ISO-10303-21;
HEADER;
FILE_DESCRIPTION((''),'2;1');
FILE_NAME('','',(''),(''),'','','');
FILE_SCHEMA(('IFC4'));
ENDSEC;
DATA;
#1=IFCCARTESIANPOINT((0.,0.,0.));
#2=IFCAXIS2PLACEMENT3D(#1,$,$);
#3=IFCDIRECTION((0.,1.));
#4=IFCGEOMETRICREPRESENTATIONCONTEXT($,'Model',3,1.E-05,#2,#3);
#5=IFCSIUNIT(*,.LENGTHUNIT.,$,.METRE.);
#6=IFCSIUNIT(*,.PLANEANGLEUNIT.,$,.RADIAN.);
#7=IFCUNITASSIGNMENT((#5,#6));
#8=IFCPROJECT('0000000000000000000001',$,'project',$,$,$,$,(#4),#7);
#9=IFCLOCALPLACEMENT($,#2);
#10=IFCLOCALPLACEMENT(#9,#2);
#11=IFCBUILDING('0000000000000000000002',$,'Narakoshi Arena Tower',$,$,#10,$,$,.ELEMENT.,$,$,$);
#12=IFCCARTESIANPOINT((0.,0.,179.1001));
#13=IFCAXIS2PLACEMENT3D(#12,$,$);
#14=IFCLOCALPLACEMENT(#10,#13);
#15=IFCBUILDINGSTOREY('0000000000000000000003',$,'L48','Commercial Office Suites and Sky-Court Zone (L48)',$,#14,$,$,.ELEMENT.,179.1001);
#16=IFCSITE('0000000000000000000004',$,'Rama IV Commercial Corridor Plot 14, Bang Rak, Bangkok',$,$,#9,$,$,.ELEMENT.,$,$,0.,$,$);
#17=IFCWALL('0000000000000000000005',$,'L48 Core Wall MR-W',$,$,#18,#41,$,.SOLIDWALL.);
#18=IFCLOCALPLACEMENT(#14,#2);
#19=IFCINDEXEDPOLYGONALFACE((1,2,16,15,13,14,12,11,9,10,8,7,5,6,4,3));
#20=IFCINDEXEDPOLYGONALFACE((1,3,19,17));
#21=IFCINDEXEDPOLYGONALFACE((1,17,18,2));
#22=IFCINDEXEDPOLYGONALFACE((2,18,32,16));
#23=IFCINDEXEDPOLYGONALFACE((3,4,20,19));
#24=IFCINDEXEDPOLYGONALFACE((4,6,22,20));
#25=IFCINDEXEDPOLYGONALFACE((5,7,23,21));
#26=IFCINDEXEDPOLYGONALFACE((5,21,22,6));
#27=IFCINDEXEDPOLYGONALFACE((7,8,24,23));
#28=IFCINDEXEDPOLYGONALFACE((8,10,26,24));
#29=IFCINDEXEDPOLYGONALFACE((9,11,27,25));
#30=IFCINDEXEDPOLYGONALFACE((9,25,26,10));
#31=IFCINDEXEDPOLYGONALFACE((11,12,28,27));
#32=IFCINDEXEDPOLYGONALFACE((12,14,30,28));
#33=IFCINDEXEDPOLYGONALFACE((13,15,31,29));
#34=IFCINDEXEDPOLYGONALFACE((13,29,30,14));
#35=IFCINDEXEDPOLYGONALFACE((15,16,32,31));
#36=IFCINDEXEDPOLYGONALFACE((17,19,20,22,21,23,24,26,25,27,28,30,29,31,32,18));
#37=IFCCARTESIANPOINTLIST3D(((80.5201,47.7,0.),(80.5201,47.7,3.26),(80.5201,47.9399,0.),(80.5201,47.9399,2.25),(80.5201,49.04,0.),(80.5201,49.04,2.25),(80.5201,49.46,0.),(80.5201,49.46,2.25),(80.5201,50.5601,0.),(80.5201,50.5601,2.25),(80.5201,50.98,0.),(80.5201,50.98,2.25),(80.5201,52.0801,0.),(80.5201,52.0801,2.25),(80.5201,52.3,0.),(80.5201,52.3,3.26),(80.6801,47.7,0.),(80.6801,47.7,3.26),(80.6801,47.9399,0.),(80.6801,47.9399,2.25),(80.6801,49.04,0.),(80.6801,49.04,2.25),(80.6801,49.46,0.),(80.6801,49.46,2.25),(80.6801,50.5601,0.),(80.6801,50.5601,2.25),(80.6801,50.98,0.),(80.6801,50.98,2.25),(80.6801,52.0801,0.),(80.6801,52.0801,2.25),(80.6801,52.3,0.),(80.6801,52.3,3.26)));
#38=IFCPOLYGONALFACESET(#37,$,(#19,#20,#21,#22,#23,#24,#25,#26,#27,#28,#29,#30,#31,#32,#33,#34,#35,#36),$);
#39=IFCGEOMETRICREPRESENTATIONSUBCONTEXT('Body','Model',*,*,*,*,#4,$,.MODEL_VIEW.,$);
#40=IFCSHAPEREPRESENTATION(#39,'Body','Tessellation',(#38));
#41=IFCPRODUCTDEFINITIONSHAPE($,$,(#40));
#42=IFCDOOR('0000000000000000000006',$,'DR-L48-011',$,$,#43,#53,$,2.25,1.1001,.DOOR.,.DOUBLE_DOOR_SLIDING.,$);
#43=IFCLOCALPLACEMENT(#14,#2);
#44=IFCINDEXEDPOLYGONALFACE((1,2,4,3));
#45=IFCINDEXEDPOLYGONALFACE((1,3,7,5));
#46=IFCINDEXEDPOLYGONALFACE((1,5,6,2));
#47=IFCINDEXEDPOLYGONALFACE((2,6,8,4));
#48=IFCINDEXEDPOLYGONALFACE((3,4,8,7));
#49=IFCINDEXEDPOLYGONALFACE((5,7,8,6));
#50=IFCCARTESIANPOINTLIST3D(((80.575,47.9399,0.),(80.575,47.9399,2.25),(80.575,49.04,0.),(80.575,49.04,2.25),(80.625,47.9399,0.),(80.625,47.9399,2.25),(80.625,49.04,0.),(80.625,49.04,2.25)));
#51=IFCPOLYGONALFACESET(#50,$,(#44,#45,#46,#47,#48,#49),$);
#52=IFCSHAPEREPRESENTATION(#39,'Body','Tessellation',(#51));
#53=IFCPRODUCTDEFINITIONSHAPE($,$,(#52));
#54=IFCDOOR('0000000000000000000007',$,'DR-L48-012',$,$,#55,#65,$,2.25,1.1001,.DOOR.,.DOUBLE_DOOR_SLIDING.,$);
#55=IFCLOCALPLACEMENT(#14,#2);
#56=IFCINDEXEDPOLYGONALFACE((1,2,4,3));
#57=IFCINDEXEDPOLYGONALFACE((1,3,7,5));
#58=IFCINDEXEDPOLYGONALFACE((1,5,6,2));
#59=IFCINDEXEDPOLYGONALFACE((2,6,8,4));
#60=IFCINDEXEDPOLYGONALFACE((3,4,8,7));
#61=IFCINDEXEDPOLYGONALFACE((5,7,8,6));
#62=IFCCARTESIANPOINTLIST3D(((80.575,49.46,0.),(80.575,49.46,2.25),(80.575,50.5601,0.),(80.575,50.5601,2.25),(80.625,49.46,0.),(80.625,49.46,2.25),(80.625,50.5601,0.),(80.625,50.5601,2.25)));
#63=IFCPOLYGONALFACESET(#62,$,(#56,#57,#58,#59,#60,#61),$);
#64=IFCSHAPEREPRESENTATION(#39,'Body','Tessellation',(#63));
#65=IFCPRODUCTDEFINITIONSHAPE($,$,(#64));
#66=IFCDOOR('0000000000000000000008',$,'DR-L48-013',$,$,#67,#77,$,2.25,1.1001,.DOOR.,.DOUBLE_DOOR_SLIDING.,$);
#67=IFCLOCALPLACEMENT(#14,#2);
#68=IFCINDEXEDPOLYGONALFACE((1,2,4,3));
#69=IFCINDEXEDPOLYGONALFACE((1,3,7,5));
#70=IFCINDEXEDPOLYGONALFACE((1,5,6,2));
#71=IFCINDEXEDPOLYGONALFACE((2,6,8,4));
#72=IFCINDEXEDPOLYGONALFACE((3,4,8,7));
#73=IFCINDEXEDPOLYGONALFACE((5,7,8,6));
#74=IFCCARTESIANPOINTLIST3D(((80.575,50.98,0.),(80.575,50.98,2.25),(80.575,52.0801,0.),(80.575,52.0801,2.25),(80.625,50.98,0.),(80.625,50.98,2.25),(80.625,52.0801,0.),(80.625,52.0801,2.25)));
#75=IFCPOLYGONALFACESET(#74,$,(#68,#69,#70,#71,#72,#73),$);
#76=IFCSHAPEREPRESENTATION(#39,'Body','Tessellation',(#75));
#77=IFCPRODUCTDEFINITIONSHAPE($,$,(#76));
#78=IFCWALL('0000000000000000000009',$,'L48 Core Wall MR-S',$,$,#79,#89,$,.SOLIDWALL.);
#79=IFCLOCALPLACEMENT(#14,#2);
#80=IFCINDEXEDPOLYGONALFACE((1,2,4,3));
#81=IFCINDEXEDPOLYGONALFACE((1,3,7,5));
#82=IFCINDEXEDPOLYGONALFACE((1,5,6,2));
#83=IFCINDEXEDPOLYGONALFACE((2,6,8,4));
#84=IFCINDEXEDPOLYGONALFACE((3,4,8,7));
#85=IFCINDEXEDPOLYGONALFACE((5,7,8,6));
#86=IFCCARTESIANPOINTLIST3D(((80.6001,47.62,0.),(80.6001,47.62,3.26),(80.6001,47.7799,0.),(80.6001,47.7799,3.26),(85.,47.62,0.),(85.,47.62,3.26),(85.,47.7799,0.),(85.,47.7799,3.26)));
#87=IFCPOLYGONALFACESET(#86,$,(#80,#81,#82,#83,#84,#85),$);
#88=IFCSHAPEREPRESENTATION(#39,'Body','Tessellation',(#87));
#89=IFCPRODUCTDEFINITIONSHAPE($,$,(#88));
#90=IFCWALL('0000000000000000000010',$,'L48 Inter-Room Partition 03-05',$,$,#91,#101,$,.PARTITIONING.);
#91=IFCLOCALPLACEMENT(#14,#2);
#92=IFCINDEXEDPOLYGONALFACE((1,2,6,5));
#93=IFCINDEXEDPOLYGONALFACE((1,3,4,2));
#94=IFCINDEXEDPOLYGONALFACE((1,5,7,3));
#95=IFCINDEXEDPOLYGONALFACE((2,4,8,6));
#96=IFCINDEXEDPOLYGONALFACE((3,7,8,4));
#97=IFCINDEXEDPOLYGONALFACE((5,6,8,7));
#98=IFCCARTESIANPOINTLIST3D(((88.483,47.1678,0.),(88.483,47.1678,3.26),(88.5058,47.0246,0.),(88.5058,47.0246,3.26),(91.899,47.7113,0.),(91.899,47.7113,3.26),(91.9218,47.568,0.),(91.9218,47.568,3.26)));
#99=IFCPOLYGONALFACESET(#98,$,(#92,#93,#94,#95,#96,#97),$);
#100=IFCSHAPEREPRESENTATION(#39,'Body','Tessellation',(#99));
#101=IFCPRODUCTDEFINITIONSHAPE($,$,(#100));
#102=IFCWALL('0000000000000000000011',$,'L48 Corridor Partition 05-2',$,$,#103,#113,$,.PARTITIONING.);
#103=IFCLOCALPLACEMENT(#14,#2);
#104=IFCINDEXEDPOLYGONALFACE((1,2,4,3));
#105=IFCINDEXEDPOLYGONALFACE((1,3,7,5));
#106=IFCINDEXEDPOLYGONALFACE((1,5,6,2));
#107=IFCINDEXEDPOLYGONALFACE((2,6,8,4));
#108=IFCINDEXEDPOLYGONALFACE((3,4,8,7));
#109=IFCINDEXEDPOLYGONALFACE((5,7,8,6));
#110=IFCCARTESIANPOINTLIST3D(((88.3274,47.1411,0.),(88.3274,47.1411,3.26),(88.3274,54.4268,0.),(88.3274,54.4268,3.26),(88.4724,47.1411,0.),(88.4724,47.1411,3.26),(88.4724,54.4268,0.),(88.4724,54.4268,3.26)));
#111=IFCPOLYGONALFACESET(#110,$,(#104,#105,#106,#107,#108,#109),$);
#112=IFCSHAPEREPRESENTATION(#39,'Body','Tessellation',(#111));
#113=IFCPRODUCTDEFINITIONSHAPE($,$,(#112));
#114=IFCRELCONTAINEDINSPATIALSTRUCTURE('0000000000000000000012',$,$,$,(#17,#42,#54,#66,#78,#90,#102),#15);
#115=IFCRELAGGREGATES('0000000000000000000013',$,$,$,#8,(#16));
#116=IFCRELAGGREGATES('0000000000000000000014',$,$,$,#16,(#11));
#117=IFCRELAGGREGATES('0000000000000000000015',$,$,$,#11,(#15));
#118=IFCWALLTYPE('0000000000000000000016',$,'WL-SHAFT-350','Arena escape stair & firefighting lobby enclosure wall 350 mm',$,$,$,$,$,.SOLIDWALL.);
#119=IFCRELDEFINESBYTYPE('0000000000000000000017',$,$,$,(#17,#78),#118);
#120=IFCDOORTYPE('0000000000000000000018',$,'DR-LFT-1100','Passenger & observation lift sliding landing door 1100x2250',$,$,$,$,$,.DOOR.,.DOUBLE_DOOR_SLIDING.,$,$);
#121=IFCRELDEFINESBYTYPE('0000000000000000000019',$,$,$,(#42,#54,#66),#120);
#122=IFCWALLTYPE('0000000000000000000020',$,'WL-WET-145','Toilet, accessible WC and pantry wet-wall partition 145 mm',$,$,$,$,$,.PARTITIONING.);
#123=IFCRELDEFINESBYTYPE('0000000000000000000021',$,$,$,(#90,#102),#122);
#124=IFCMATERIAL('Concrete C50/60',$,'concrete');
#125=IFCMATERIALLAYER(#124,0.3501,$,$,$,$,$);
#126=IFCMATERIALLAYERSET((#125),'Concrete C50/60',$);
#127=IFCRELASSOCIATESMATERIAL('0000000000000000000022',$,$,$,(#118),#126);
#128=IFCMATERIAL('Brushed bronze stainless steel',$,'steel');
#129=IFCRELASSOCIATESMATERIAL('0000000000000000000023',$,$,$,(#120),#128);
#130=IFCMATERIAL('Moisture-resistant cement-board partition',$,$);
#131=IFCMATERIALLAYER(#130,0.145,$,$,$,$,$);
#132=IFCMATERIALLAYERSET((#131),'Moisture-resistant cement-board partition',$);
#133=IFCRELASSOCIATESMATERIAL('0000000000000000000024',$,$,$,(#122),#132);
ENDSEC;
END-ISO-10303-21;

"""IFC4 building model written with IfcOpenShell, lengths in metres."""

from ifc_helpers import new_model, si_unit, direction, frame, frame_2d, origin, place, context, subcontext, project, spatial, rectangle, extrude, material, layer, layer_set, type_object, element, fill, save


model = new_model("IFC4")

# Units and contexts
model_context = context("Model", 3, precision=1e-05, world=origin(), true_north=direction((0.0, 1.0)))
body_context = subcontext(model_context, "Body", "Model", "MODEL_VIEW")
ifc_project = project(units=[si_unit("LENGTHUNIT", "METRE"), si_unit("PLANEANGLEUNIT", "RADIAN")], contexts=[model_context])

# Site, building, storey
site_placement = place(None, origin())
site = spatial("IfcSite", under=ifc_project, at=site_placement, Name="Rama IV Commercial Corridor Plot 14, Bang Rak, Bangkok", CompositionType="ELEMENT", RefElevation=0.0)
building_placement = place(site_placement, origin())
building = spatial("IfcBuilding", under=site, at=building_placement, Name="Narakoshi Arena Tower", CompositionType="ELEMENT")
storey_placement = place(building_placement, frame((0.0, 0.0, 179.1001)))
storey = spatial("IfcBuildingStorey", under=building, at=storey_placement, Name="L48", Description="Commercial Office Suites and Sky-Court Zone (L48)", CompositionType="ELEMENT", Elevation=179.1001)

# Shared definitions
ifc_material_1 = material(Name="Concrete C50/60", Category="concrete")

# Shared definitions
ifc_layer_1 = layer(ifc_material_1, 0.3501)
ifc_layer_set_1 = layer_set([ifc_layer_1], Name="Concrete C50/60")
wall_type_1 = type_object("IfcWallType", Name="WL-SHAFT-350", Description="Arena escape stair & firefighting lobby enclosure wall 350 mm", PredefinedType="SOLIDWALL", material=ifc_layer_set_1)

# Wall, openings, doors
wall_1_placement = place(storey_placement, frame((80.6001, 47.7, 0.0), z_axis=(0.0, 0.0, 1.0), x_axis=(0.0, 1.0, 0.0)))
wall_1 = element("IfcWall", 1, at=wall_1_placement, inside=storey, type_object=wall_type_1, Name="L48 Core Wall MR-W", PredefinedType="SOLIDWALL", context=body_context, shape_type="SweptSolid", body=[
    extrude(rectangle(XDim=4.6001, YDim=0.1599, at=frame_2d((2.3, 0.0))), origin(), (0.0, 0.0, 1.0), 3.26),
])
opening_1_placement = place(wall_1_placement, frame((0.24, 0.0, 0.0)))
opening_1 = element("IfcOpeningElement", 2, at=opening_1_placement, cuts=wall_1, PredefinedType="OPENING", context=body_context, shape_type="SweptSolid", body=[
    extrude(rectangle(XDim=1.1001, YDim=2.25, at=frame_2d((0.55, 1.125))), frame((0.0, 0.0898, 0.0), z_axis=(0.0, -1.0, 0.0), x_axis=(1.0, 0.0, 0.0)), (0.0, 0.0, 1.0), 0.1799),
])
opening_2_placement = place(wall_1_placement, frame((1.76, 0.0, 0.0)))
opening_2 = element("IfcOpeningElement", 3, at=opening_2_placement, cuts=wall_1, PredefinedType="OPENING", context=body_context, shape_type="SweptSolid", body=[
    extrude(rectangle(XDim=1.1001, YDim=2.25, at=frame_2d((0.55, 1.125))), frame((0.0, 0.0898, 0.0), z_axis=(0.0, -1.0, 0.0), x_axis=(1.0, 0.0, 0.0)), (0.0, 0.0, 1.0), 0.1799),
])
opening_3_placement = place(wall_1_placement, frame((3.28, 0.0, 0.0)))
opening_3 = element("IfcOpeningElement", 4, at=opening_3_placement, cuts=wall_1, PredefinedType="OPENING", context=body_context, shape_type="SweptSolid", body=[
    extrude(rectangle(XDim=1.1001, YDim=2.25, at=frame_2d((0.55, 1.125))), frame((0.0, 0.0898, 0.0), z_axis=(0.0, -1.0, 0.0), x_axis=(1.0, 0.0, 0.0)), (0.0, 0.0, 1.0), 0.1799),
])
ifc_material_2 = material(Name="Brushed bronze stainless steel", Category="steel")
door_type_1 = type_object("IfcDoorType", Name="DR-LFT-1100", Description="Passenger & observation lift sliding landing door 1100x2250", OperationType="DOUBLE_DOOR_SLIDING", PredefinedType="DOOR", material=ifc_material_2)
door_1_placement = place(opening_1_placement, frame((1.1001, 0.0, 0.0), z_axis=(0.0, 0.0, 1.0), x_axis=(-1.0, 0.0, 0.0)))
door_1 = element("IfcDoor", 5, at=door_1_placement, inside=storey, type_object=door_type_1, Name="DR-L48-011", OperationType="DOUBLE_DOOR_SLIDING", OverallHeight=2.25, OverallWidth=1.1001, PredefinedType="DOOR", context=body_context, shape_type="SweptSolid", body=[
    extrude(rectangle(XDim=1.1001, YDim=2.25, at=frame_2d((0.55, 1.125))), frame((0.0, 0.0249, 0.0), z_axis=(0.0, -1.0, 0.0), x_axis=(1.0, 0.0, 0.0)), (0.0, 0.0, 1.0), 0.05),
])
fill(opening_1, door_1)
door_2_placement = place(opening_2_placement, frame((1.1001, 0.0, 0.0), z_axis=(0.0, 0.0, 1.0), x_axis=(-1.0, 0.0, 0.0)))
door_2 = element("IfcDoor", 6, at=door_2_placement, inside=storey, type_object=door_type_1, Name="DR-L48-012", OperationType="DOUBLE_DOOR_SLIDING", OverallHeight=2.25, OverallWidth=1.1001, PredefinedType="DOOR", context=body_context, shape_type="SweptSolid", body=[
    extrude(rectangle(XDim=1.1001, YDim=2.25, at=frame_2d((0.55, 1.125))), frame((0.0, 0.0249, 0.0), z_axis=(0.0, -1.0, 0.0), x_axis=(1.0, 0.0, 0.0)), (0.0, 0.0, 1.0), 0.05),
])
fill(opening_2, door_2)
door_3_placement = place(opening_3_placement, frame((1.1001, 0.0, 0.0), z_axis=(0.0, 0.0, 1.0), x_axis=(-1.0, 0.0, 0.0)))
door_3 = element("IfcDoor", 7, at=door_3_placement, inside=storey, type_object=door_type_1, Name="DR-L48-013", OperationType="DOUBLE_DOOR_SLIDING", OverallHeight=2.25, OverallWidth=1.1001, PredefinedType="DOOR", context=body_context, shape_type="SweptSolid", body=[
    extrude(rectangle(XDim=1.1001, YDim=2.25, at=frame_2d((0.55, 1.125))), frame((0.0, 0.0249, 0.0), z_axis=(0.0, -1.0, 0.0), x_axis=(1.0, 0.0, 0.0)), (0.0, 0.0, 1.0), 0.05),
])
fill(opening_3, door_3)

# Walls
wall_2_placement = place(storey_placement, frame((80.6001, 47.7, 0.0), z_axis=(0.0, 0.0, 1.0), x_axis=(1.0, 0.0, 0.0)))
element("IfcWall", 8, at=wall_2_placement, inside=storey, type_object=wall_type_1, Name="L48 Core Wall MR-S", PredefinedType="SOLIDWALL", context=body_context, shape_type="SweptSolid", body=[
    extrude(rectangle(XDim=4.3999, YDim=0.1599, at=frame_2d((2.2, 0.0))), origin(), (0.0, 0.0, 1.0), 3.26),
])
ifc_material_3 = material(Name="Moisture-resistant cement-board partition")
ifc_layer_2 = layer(ifc_material_3, 0.145)
ifc_layer_set_2 = layer_set([ifc_layer_2], Name="Moisture-resistant cement-board partition")
wall_type_2 = type_object("IfcWallType", Name="WL-WET-145", Description="Toilet, accessible WC and pantry wet-wall partition 145 mm", PredefinedType="PARTITIONING", material=ifc_layer_set_2)
wall_3_placement = place(storey_placement, frame((88.4944, 47.0962, 0.0), z_axis=(0.0, 0.0, 1.0), x_axis=(0.98758, 0.157115, 0.0)))
element("IfcWall", 9, at=wall_3_placement, inside=storey, type_object=wall_type_2, Name="L48 Inter-Room Partition 03-05", PredefinedType="PARTITIONING", context=body_context, shape_type="SweptSolid", body=[
    extrude(rectangle(XDim=3.459, YDim=0.145, at=frame_2d((1.7295, 0.0))), origin(), (0.0, 0.0, 1.0), 3.26),
])
wall_4_placement = place(storey_placement, frame((88.3999, 47.1411, 0.0), z_axis=(0.0, 0.0, 1.0), x_axis=(0.0, 1.0, 0.0)))
element("IfcWall", 10, at=wall_4_placement, inside=storey, type_object=wall_type_2, Name="L48 Corridor Partition 05-2", PredefinedType="PARTITIONING", context=body_context, shape_type="SweptSolid", body=[
    extrude(rectangle(XDim=7.2856, YDim=0.145, at=frame_2d((3.6428, 0.0))), origin(), (0.0, 0.0, 1.0), 3.26),
])

save(model, "model.ifc")
